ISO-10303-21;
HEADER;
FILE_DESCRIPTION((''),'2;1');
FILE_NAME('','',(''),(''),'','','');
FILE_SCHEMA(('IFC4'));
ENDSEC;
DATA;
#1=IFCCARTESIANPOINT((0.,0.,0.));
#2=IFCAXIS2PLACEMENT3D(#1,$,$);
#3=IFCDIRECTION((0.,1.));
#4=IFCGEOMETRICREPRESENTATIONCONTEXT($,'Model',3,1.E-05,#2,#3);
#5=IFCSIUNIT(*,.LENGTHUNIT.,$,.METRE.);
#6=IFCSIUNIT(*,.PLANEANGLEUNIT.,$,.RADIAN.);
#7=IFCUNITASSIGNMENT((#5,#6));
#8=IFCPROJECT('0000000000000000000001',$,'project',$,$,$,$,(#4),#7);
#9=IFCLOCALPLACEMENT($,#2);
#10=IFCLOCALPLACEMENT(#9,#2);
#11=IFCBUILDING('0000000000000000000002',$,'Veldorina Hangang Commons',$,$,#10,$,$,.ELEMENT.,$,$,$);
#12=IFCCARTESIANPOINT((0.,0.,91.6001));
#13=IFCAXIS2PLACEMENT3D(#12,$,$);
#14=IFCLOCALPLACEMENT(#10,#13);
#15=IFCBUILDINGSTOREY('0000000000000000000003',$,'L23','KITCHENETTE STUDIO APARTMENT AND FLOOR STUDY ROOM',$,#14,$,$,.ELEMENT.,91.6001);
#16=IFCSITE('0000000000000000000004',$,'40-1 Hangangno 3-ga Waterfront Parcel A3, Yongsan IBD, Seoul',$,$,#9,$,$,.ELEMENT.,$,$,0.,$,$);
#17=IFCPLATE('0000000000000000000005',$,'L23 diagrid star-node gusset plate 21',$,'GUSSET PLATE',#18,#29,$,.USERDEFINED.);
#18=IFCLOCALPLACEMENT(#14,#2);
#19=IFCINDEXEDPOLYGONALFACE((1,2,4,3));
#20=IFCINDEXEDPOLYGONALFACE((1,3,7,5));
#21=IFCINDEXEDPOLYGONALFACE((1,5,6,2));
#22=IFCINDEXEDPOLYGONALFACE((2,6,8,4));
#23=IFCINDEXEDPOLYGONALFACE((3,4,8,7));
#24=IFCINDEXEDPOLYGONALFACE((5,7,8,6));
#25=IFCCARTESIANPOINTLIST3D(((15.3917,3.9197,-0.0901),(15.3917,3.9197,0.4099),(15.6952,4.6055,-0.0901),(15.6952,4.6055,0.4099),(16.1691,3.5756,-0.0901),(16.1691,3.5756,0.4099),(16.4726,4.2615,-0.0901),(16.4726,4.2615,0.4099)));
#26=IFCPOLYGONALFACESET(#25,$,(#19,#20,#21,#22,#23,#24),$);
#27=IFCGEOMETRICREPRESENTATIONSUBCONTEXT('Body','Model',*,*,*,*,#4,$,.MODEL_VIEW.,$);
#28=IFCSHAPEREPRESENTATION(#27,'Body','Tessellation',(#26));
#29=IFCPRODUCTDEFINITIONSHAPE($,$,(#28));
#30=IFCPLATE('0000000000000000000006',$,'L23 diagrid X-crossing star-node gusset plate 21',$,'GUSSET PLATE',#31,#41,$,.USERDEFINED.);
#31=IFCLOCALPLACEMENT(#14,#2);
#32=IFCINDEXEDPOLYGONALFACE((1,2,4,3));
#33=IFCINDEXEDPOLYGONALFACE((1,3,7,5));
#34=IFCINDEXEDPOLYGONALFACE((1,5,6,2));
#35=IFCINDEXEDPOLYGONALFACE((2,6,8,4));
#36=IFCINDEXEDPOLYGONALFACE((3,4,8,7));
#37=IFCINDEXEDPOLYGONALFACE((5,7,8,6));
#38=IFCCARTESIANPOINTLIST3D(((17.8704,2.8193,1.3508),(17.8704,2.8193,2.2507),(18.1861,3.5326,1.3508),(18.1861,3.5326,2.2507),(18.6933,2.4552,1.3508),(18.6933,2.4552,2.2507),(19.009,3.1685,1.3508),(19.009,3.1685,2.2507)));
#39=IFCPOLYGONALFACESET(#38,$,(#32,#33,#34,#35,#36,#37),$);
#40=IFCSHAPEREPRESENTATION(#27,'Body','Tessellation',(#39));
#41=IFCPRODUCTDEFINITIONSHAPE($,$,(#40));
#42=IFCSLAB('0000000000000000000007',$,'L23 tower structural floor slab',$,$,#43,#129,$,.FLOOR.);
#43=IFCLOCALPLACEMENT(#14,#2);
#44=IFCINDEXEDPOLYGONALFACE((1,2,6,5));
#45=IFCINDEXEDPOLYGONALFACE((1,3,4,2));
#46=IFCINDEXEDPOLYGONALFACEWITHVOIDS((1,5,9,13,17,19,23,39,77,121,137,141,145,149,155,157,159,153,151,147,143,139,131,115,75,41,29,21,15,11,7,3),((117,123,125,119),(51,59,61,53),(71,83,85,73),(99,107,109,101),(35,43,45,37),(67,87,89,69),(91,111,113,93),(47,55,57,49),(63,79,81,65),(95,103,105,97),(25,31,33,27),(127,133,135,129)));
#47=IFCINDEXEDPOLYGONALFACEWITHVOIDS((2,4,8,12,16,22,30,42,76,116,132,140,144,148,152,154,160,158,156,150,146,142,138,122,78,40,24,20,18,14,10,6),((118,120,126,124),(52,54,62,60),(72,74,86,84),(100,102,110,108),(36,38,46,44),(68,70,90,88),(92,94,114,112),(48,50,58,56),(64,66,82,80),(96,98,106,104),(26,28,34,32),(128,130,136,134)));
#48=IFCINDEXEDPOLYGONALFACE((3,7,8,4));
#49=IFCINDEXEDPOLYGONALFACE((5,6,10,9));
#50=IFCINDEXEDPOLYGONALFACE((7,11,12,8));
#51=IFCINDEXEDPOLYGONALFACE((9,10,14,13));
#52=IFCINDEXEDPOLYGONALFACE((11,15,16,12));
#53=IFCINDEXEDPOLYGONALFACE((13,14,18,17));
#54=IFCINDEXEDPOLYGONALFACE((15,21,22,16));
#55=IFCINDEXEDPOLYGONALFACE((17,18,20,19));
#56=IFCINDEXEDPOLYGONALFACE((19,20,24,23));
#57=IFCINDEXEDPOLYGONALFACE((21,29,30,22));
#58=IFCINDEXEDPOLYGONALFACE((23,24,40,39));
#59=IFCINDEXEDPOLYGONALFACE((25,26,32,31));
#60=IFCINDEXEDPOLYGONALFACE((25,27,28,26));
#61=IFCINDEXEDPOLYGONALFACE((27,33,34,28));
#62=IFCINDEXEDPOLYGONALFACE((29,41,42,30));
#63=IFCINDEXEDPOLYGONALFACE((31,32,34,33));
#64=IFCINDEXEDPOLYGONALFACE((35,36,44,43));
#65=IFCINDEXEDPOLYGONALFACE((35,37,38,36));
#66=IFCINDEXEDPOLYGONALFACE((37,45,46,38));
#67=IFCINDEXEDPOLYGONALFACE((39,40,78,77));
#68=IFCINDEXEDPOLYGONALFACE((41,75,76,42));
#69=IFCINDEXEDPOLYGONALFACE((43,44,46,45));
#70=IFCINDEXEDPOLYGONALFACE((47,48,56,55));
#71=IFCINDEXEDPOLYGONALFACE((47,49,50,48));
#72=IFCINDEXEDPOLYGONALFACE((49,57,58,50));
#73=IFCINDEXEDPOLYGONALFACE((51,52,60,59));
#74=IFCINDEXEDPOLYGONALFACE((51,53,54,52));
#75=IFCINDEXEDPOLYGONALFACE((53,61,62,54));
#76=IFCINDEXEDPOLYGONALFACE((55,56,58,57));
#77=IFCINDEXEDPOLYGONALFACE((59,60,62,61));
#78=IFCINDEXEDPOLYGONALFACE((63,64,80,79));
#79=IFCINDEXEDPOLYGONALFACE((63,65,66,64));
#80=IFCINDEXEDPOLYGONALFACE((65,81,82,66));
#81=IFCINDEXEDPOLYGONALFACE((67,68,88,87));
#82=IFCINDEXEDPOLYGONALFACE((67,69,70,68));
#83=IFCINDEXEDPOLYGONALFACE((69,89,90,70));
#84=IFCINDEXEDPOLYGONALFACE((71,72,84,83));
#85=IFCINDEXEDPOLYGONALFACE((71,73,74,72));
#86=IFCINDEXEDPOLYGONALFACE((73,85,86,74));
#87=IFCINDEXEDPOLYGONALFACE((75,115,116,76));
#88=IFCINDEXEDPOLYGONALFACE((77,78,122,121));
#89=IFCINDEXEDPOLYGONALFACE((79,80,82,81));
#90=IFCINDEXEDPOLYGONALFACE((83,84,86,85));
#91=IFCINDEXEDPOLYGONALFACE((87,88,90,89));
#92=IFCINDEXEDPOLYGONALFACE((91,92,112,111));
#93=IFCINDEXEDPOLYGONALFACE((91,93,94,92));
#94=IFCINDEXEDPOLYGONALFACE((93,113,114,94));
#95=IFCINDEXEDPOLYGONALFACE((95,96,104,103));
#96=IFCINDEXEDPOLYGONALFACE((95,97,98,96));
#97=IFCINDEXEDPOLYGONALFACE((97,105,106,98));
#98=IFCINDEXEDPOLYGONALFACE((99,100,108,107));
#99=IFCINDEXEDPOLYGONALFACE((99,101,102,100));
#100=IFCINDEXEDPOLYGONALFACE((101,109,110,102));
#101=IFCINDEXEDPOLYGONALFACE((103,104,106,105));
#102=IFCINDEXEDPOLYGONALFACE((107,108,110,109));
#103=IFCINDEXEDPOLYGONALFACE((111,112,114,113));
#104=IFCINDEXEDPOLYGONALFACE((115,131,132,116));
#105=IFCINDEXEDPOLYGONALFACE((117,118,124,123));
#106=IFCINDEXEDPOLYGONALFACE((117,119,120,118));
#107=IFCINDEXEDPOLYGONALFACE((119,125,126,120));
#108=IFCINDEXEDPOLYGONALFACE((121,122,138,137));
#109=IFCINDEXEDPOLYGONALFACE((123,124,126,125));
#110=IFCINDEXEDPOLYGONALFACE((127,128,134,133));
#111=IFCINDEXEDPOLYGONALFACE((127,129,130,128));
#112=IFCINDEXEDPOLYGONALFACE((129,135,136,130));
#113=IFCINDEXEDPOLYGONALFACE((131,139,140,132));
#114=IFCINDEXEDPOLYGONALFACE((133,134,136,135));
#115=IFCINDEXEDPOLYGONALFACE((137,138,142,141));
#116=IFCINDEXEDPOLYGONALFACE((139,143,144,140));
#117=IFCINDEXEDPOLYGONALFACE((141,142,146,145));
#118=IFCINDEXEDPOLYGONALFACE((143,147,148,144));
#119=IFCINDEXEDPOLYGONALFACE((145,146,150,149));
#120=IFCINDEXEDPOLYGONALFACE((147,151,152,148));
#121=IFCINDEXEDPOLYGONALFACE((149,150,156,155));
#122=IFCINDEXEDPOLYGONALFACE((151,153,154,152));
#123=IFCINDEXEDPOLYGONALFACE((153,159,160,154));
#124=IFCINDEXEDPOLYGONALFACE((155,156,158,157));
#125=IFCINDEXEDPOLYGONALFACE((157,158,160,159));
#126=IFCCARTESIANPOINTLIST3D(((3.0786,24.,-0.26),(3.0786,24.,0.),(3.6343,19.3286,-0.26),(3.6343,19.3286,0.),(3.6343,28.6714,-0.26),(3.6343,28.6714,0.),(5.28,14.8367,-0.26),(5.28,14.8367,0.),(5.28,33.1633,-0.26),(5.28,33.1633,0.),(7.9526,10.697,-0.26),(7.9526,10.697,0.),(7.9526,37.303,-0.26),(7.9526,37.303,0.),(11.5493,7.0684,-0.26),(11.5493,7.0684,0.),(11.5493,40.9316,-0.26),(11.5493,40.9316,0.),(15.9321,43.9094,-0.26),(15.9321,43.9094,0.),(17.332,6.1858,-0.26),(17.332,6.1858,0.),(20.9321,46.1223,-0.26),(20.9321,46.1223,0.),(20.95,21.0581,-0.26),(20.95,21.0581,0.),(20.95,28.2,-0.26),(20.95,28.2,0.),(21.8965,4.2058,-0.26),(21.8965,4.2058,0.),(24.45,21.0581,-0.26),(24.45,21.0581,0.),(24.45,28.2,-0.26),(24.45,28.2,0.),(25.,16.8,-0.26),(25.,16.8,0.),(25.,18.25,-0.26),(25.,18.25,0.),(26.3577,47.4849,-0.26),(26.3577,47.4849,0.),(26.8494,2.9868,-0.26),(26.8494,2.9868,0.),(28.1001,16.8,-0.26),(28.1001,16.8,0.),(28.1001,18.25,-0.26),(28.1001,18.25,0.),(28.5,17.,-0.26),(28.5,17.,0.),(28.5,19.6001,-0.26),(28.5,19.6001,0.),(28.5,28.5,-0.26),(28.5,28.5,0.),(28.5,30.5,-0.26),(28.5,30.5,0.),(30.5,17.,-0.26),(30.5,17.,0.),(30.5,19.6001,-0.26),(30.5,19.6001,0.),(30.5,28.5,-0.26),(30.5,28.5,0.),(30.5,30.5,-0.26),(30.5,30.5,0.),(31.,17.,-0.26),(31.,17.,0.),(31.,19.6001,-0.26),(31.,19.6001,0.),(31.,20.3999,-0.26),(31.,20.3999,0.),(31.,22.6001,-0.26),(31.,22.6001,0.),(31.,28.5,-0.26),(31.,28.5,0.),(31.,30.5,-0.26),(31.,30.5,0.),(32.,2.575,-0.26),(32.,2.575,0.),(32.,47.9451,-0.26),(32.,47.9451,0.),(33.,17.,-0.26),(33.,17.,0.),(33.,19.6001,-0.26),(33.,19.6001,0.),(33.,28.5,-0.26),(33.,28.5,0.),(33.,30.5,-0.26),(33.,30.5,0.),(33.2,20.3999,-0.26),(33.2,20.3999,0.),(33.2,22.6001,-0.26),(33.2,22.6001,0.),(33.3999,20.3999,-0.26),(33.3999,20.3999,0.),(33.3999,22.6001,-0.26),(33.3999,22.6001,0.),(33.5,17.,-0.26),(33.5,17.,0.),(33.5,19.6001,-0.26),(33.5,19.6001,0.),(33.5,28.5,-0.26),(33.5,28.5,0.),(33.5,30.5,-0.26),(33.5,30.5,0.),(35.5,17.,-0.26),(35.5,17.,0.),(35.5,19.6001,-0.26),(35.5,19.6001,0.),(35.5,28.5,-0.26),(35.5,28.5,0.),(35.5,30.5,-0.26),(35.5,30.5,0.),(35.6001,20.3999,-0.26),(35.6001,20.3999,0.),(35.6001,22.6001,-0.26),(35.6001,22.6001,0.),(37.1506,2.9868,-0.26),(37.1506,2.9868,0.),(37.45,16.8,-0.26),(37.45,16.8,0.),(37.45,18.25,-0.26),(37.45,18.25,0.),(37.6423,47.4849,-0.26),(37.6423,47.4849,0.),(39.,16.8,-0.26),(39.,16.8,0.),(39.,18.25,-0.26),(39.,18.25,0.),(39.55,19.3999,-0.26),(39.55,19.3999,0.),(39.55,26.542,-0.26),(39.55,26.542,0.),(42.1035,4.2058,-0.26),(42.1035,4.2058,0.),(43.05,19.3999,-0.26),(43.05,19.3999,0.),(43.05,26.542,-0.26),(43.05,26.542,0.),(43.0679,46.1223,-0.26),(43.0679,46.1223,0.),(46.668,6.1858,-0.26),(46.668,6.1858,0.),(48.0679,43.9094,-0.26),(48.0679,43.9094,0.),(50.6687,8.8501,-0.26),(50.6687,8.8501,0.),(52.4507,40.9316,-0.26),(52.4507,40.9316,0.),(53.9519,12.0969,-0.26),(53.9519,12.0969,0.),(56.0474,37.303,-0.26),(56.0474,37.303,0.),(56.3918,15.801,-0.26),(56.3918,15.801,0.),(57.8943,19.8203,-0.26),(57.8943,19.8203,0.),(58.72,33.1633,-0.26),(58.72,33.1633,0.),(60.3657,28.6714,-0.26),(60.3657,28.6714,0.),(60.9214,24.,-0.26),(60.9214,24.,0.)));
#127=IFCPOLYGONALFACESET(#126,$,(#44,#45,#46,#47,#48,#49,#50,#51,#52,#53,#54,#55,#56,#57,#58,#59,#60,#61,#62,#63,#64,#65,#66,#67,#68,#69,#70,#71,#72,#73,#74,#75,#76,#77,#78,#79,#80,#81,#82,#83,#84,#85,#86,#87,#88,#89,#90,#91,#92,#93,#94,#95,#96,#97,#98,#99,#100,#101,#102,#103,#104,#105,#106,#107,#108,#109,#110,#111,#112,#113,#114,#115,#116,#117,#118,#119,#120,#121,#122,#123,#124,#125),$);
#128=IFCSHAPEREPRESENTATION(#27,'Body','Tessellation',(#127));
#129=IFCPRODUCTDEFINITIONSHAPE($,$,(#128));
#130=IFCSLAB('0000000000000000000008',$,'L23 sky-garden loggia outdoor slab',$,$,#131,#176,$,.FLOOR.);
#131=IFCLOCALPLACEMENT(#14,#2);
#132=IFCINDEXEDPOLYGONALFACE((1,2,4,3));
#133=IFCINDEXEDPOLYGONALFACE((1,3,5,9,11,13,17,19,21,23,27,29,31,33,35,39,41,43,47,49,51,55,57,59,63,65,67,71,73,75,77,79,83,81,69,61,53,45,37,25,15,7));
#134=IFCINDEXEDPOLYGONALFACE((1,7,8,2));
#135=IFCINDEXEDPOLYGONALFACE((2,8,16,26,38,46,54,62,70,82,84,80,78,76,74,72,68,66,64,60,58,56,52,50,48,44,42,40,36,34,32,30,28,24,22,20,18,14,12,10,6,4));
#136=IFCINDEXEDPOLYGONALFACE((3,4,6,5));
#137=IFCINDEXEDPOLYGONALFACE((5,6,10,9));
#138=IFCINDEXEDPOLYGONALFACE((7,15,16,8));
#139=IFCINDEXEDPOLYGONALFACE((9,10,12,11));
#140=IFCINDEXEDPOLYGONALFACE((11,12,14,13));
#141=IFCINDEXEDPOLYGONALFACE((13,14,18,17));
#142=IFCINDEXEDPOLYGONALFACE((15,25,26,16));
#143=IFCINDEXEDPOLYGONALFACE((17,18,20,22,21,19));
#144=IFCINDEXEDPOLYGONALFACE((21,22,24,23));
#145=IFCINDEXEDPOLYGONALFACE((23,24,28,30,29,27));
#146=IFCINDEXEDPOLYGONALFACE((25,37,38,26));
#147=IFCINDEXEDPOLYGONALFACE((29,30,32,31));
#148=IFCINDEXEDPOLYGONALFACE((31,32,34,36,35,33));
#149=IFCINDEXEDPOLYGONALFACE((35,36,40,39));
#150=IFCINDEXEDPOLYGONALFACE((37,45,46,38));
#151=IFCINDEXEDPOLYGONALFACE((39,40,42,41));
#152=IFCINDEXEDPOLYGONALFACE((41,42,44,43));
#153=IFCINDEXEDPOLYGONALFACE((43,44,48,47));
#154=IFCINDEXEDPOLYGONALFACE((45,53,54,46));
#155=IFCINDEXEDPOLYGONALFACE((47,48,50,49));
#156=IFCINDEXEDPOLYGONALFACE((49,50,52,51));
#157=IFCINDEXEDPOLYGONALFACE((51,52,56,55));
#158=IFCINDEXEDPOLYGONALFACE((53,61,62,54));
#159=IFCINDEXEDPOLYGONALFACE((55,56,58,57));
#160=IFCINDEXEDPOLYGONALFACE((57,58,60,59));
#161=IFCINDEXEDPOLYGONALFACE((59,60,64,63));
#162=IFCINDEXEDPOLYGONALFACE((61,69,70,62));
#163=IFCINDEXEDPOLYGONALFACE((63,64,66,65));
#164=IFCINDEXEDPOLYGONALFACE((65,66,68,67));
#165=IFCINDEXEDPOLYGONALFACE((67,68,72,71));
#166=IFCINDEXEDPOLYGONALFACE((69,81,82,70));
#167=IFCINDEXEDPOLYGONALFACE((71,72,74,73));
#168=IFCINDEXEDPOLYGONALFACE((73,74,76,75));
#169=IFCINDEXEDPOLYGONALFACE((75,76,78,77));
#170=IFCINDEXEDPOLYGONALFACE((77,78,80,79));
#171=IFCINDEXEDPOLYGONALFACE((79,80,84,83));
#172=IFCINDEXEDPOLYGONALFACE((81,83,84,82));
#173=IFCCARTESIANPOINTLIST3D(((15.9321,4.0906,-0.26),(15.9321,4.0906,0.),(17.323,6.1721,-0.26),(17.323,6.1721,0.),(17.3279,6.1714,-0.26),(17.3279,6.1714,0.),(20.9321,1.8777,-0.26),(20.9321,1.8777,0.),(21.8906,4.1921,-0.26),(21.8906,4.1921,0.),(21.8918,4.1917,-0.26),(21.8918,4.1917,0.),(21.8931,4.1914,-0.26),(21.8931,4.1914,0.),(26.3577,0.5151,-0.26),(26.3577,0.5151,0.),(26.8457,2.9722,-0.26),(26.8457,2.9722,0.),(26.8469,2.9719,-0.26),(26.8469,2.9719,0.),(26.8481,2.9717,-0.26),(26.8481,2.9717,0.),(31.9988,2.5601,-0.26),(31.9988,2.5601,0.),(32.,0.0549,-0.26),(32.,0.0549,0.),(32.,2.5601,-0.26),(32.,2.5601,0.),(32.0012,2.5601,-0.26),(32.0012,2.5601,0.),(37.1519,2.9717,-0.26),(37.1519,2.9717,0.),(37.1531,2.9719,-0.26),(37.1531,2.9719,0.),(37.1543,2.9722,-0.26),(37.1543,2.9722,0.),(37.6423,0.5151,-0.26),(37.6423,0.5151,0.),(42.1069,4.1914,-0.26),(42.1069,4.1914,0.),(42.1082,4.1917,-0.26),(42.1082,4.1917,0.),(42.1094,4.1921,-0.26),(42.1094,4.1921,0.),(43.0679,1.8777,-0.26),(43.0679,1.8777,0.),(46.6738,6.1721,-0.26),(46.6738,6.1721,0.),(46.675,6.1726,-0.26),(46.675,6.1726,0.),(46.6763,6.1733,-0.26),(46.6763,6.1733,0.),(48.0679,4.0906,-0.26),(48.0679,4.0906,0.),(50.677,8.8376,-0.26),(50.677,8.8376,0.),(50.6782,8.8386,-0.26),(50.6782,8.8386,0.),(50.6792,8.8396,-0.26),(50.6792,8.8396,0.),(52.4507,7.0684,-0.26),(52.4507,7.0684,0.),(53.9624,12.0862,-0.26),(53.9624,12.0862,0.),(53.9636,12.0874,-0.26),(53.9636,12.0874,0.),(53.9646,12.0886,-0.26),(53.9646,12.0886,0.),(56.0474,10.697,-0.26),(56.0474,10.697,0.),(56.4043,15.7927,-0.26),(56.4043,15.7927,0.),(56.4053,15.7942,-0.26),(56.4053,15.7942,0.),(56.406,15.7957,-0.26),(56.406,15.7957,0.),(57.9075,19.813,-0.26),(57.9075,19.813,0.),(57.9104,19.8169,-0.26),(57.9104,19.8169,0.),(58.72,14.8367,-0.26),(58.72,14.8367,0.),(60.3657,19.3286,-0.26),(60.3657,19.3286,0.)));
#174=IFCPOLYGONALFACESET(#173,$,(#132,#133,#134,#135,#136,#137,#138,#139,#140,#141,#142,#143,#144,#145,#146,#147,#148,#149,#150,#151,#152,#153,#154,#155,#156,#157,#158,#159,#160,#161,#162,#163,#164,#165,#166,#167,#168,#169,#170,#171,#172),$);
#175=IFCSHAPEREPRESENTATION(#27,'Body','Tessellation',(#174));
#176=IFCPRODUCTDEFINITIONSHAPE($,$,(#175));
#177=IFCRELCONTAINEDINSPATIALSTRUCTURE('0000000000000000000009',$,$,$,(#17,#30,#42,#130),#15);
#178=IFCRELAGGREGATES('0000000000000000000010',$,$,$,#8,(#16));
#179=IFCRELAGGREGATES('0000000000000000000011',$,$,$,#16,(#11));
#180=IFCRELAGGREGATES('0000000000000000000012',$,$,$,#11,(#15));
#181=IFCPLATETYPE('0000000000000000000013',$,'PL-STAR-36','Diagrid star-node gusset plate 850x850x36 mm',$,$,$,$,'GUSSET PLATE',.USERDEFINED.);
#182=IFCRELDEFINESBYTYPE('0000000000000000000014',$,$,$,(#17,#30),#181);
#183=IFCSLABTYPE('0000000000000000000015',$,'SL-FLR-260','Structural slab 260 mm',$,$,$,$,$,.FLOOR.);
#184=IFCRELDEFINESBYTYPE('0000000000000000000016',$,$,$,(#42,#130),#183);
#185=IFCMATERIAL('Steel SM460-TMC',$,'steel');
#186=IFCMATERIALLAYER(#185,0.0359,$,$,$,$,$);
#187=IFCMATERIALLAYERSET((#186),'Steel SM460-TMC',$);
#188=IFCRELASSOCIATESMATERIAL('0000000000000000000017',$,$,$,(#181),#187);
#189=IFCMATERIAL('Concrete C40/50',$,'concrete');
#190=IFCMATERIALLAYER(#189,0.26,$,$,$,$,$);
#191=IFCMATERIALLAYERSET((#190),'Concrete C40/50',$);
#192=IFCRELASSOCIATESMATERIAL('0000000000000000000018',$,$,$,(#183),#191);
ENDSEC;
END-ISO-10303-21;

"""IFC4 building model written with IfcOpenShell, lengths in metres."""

from ifc_helpers import new_model, si_unit, direction, frame, origin, origin_2d, place, context, subcontext, project, spatial, polyline, rectangle, outline, extrude, material, layer, layer_set, type_object, element, save


model = new_model("IFC4")

# Units and contexts
model_context = context("Model", 3, precision=1e-05, world=origin(), true_north=direction((0.0, 1.0)))
body_context = subcontext(model_context, "Body", "Model", "MODEL_VIEW")
ifc_project = project(units=[si_unit("LENGTHUNIT", "METRE"), si_unit("PLANEANGLEUNIT", "RADIAN")], contexts=[model_context])

# Site, building, storey
site_placement = place(None, origin())
site = spatial("IfcSite", under=ifc_project, at=site_placement, Name="40-1 Hangangno 3-ga Waterfront Parcel A3, Yongsan IBD, Seoul", CompositionType="ELEMENT", RefElevation=0.0)
building_placement = place(site_placement, origin())
building = spatial("IfcBuilding", under=site, at=building_placement, Name="Veldorina Hangang Commons", CompositionType="ELEMENT")
storey_placement = place(building_placement, frame((0.0, 0.0, 91.6001)))
storey = spatial("IfcBuildingStorey", under=building, at=storey_placement, Name="L23", Description="KITCHENETTE STUDIO APARTMENT AND FLOOR STUDY ROOM", CompositionType="ELEMENT", Elevation=91.6001)

# Shared definitions
ifc_material_1 = material(Name="Steel SM460-TMC", Category="steel")

# Plates
ifc_layer_1 = layer(ifc_material_1, 0.0359)
ifc_layer_set_1 = layer_set([ifc_layer_1], Name="Steel SM460-TMC")
plate_type_1 = type_object("IfcPlateType", Name="PL-STAR-36", Description="Diagrid star-node gusset plate 850x850x36 mm", ElementType="GUSSET PLATE", PredefinedType="USERDEFINED", material=ifc_layer_set_1)
for number, where, z_axis, x_axis, name in (
    (1, (15.9321, 4.0906, -0.0901), (0.0, 0.0, 1.0), (0.914452, -0.404695, 0.0), "L23 diagrid star-node gusset plate 21"),
):
    element("IfcPlate", number, at=place(storey_placement, frame(where, z_axis=z_axis, x_axis=x_axis)), inside=storey, type_object=plate_type_1, Name=name, ObjectType="GUSSET PLATE", PredefinedType="USERDEFINED", context=body_context, shape_type="SweptSolid", body=[
        extrude(rectangle(XDim=0.8501, YDim=0.75, at=origin_2d()), origin(), (0.0, 0.0, 1.0), 0.5),
    ])
plate_1_placement = place(storey_placement, frame((18.4397, 2.9939, 1.3508), z_axis=(0.0, 0.0, 1.0), x_axis=(0.914452, -0.404695, 0.0)))
element("IfcPlate", 2, at=plate_1_placement, inside=storey, type_object=plate_type_1, Name="L23 diagrid X-crossing star-node gusset plate 21", ObjectType="GUSSET PLATE", PredefinedType="USERDEFINED", context=body_context, shape_type="SweptSolid", body=[
    extrude(rectangle(XDim=0.8999, YDim=0.78, at=origin_2d()), origin(), (0.0, 0.0, 1.0), 0.8999),
])

# Slabs
ifc_material_2 = material(Name="Concrete C40/50", Category="concrete")
ifc_layer_2 = layer(ifc_material_2, 0.26)
ifc_layer_set_2 = layer_set([ifc_layer_2], Name="Concrete C40/50")
slab_type_1 = type_object("IfcSlabType", Name="SL-FLR-260", Description="Structural slab 260 mm", PredefinedType="FLOOR", material=ifc_layer_set_2)
slab_1_placement = place(storey_placement, frame((0.0, 0.0, -0.26)))
element("IfcSlab", 3, at=slab_1_placement, inside=storey, type_object=slab_type_1, Name="L23 tower structural floor slab", PredefinedType="FLOOR", context=body_context, shape_type="SweptSolid", body=[
    extrude(outline(polyline([(60.9214, 24.0), (60.3657, 28.6714), (58.72, 33.1633), (56.0474, 37.303), (52.4507, 40.9316), (48.0679, 43.9094), (43.0679, 46.1223), (37.6423, 47.4849), (32.0, 47.9451), (26.3577, 47.4849), (20.9321, 46.1223), (15.9321, 43.9094), (11.5493, 40.9316), (7.9526, 37.303), (5.28, 33.1633), (3.6343, 28.6714), (3.0786, 24.0), (3.6343, 19.3286), (5.28, 14.8367), (7.9526, 10.697), (11.5493, 7.0684), (17.332, 6.1858), (21.8965, 4.2058), (26.8494, 2.9868), (32.0, 2.575), (37.1506, 2.9868), (42.1035, 4.2058), (46.668, 6.1858), (50.6687, 8.8501), (53.9519, 12.0969), (56.3918, 15.801), (57.8943, 19.8203), (60.9214, 24.0)]), holes=[polyline([(20.95, 21.0581), (20.95, 28.2), (24.45, 28.2), (24.45, 21.0581), (20.95, 21.0581)]), polyline([(43.05, 26.542), (43.05, 19.3999), (39.55, 19.3999), (39.55, 26.542), (43.05, 26.542)]), polyline([(28.5, 30.5), (30.5, 30.5), (30.5, 28.5), (28.5, 28.5), (28.5, 30.5)]), polyline([(31.0, 30.5), (33.0, 30.5), (33.0, 28.5), (31.0, 28.5), (31.0, 30.5)]), polyline([(33.5, 30.5), (35.5, 30.5), (35.5, 28.5), (33.5, 28.5), (33.5, 30.5)]), polyline([(31.0, 22.6001), (33.2, 22.6001), (33.2, 20.3999), (31.0, 20.3999), (31.0, 22.6001)]), polyline([(33.3999, 22.6001), (35.6001, 22.6001), (35.6001, 20.3999), (33.3999, 20.3999), (33.3999, 22.6001)]), polyline([(28.5, 19.6001), (30.5, 19.6001), (30.5, 17.0), (28.5, 17.0), (28.5, 19.6001)]), polyline([(31.0, 19.6001), (33.0, 19.6001), (33.0, 17.0), (31.0, 17.0), (31.0, 19.6001)]), polyline([(33.5, 19.6001), (35.5, 19.6001), (35.5, 17.0), (33.5, 17.0), (33.5, 19.6001)]), polyline([(25.0, 18.25), (28.1001, 18.25), (28.1001, 16.8), (25.0, 16.8), (25.0, 18.25)]), polyline([(37.45, 18.25), (39.0, 18.25), (39.0, 16.8), (37.45, 16.8), (37.45, 18.25)])]), origin(), (0.0, 0.0, 1.0), 0.26),
])
slab_2_placement = place(storey_placement, frame((0.0, 0.0, -0.26)))
element("IfcSlab", 4, at=slab_2_placement, inside=storey, type_object=slab_type_1, Name="L23 sky-garden loggia outdoor slab", PredefinedType="FLOOR", context=body_context, shape_type="SweptSolid", body=[
    extrude(outline(polyline([(60.3657, 19.3286), (58.72, 14.8367), (56.0474, 10.697), (52.4507, 7.0684), (48.0679, 4.0906), (43.0679, 1.8777), (37.6423, 0.5151), (32.0, 0.0549), (26.3577, 0.5151), (20.9321, 1.8777), (15.9321, 4.0906), (17.323, 6.1721), (17.3279, 6.1714), (21.8906, 4.1921), (21.8918, 4.1917), (21.8931, 4.1914), (26.8457, 2.9722), (26.8469, 2.9719), (26.8481, 2.9717), (31.9988, 2.5601), (32.0, 2.5601), (32.0012, 2.5601), (37.1519, 2.9717), (37.1531, 2.9719), (37.1543, 2.9722), (42.1069, 4.1914), (42.1082, 4.1917), (42.1094, 4.1921), (46.6738, 6.1721), (46.675, 6.1726), (46.6763, 6.1733), (50.677, 8.8376), (50.6782, 8.8386), (50.6792, 8.8396), (53.9624, 12.0862), (53.9636, 12.0874), (53.9646, 12.0886), (56.4043, 15.7927), (56.4053, 15.7942), (56.406, 15.7957), (57.9075, 19.813), (57.9104, 19.8169), (60.3657, 19.3286)])), origin(), (0.0, 0.0, 1.0), 0.26),
])

save(model, "model.ifc")
